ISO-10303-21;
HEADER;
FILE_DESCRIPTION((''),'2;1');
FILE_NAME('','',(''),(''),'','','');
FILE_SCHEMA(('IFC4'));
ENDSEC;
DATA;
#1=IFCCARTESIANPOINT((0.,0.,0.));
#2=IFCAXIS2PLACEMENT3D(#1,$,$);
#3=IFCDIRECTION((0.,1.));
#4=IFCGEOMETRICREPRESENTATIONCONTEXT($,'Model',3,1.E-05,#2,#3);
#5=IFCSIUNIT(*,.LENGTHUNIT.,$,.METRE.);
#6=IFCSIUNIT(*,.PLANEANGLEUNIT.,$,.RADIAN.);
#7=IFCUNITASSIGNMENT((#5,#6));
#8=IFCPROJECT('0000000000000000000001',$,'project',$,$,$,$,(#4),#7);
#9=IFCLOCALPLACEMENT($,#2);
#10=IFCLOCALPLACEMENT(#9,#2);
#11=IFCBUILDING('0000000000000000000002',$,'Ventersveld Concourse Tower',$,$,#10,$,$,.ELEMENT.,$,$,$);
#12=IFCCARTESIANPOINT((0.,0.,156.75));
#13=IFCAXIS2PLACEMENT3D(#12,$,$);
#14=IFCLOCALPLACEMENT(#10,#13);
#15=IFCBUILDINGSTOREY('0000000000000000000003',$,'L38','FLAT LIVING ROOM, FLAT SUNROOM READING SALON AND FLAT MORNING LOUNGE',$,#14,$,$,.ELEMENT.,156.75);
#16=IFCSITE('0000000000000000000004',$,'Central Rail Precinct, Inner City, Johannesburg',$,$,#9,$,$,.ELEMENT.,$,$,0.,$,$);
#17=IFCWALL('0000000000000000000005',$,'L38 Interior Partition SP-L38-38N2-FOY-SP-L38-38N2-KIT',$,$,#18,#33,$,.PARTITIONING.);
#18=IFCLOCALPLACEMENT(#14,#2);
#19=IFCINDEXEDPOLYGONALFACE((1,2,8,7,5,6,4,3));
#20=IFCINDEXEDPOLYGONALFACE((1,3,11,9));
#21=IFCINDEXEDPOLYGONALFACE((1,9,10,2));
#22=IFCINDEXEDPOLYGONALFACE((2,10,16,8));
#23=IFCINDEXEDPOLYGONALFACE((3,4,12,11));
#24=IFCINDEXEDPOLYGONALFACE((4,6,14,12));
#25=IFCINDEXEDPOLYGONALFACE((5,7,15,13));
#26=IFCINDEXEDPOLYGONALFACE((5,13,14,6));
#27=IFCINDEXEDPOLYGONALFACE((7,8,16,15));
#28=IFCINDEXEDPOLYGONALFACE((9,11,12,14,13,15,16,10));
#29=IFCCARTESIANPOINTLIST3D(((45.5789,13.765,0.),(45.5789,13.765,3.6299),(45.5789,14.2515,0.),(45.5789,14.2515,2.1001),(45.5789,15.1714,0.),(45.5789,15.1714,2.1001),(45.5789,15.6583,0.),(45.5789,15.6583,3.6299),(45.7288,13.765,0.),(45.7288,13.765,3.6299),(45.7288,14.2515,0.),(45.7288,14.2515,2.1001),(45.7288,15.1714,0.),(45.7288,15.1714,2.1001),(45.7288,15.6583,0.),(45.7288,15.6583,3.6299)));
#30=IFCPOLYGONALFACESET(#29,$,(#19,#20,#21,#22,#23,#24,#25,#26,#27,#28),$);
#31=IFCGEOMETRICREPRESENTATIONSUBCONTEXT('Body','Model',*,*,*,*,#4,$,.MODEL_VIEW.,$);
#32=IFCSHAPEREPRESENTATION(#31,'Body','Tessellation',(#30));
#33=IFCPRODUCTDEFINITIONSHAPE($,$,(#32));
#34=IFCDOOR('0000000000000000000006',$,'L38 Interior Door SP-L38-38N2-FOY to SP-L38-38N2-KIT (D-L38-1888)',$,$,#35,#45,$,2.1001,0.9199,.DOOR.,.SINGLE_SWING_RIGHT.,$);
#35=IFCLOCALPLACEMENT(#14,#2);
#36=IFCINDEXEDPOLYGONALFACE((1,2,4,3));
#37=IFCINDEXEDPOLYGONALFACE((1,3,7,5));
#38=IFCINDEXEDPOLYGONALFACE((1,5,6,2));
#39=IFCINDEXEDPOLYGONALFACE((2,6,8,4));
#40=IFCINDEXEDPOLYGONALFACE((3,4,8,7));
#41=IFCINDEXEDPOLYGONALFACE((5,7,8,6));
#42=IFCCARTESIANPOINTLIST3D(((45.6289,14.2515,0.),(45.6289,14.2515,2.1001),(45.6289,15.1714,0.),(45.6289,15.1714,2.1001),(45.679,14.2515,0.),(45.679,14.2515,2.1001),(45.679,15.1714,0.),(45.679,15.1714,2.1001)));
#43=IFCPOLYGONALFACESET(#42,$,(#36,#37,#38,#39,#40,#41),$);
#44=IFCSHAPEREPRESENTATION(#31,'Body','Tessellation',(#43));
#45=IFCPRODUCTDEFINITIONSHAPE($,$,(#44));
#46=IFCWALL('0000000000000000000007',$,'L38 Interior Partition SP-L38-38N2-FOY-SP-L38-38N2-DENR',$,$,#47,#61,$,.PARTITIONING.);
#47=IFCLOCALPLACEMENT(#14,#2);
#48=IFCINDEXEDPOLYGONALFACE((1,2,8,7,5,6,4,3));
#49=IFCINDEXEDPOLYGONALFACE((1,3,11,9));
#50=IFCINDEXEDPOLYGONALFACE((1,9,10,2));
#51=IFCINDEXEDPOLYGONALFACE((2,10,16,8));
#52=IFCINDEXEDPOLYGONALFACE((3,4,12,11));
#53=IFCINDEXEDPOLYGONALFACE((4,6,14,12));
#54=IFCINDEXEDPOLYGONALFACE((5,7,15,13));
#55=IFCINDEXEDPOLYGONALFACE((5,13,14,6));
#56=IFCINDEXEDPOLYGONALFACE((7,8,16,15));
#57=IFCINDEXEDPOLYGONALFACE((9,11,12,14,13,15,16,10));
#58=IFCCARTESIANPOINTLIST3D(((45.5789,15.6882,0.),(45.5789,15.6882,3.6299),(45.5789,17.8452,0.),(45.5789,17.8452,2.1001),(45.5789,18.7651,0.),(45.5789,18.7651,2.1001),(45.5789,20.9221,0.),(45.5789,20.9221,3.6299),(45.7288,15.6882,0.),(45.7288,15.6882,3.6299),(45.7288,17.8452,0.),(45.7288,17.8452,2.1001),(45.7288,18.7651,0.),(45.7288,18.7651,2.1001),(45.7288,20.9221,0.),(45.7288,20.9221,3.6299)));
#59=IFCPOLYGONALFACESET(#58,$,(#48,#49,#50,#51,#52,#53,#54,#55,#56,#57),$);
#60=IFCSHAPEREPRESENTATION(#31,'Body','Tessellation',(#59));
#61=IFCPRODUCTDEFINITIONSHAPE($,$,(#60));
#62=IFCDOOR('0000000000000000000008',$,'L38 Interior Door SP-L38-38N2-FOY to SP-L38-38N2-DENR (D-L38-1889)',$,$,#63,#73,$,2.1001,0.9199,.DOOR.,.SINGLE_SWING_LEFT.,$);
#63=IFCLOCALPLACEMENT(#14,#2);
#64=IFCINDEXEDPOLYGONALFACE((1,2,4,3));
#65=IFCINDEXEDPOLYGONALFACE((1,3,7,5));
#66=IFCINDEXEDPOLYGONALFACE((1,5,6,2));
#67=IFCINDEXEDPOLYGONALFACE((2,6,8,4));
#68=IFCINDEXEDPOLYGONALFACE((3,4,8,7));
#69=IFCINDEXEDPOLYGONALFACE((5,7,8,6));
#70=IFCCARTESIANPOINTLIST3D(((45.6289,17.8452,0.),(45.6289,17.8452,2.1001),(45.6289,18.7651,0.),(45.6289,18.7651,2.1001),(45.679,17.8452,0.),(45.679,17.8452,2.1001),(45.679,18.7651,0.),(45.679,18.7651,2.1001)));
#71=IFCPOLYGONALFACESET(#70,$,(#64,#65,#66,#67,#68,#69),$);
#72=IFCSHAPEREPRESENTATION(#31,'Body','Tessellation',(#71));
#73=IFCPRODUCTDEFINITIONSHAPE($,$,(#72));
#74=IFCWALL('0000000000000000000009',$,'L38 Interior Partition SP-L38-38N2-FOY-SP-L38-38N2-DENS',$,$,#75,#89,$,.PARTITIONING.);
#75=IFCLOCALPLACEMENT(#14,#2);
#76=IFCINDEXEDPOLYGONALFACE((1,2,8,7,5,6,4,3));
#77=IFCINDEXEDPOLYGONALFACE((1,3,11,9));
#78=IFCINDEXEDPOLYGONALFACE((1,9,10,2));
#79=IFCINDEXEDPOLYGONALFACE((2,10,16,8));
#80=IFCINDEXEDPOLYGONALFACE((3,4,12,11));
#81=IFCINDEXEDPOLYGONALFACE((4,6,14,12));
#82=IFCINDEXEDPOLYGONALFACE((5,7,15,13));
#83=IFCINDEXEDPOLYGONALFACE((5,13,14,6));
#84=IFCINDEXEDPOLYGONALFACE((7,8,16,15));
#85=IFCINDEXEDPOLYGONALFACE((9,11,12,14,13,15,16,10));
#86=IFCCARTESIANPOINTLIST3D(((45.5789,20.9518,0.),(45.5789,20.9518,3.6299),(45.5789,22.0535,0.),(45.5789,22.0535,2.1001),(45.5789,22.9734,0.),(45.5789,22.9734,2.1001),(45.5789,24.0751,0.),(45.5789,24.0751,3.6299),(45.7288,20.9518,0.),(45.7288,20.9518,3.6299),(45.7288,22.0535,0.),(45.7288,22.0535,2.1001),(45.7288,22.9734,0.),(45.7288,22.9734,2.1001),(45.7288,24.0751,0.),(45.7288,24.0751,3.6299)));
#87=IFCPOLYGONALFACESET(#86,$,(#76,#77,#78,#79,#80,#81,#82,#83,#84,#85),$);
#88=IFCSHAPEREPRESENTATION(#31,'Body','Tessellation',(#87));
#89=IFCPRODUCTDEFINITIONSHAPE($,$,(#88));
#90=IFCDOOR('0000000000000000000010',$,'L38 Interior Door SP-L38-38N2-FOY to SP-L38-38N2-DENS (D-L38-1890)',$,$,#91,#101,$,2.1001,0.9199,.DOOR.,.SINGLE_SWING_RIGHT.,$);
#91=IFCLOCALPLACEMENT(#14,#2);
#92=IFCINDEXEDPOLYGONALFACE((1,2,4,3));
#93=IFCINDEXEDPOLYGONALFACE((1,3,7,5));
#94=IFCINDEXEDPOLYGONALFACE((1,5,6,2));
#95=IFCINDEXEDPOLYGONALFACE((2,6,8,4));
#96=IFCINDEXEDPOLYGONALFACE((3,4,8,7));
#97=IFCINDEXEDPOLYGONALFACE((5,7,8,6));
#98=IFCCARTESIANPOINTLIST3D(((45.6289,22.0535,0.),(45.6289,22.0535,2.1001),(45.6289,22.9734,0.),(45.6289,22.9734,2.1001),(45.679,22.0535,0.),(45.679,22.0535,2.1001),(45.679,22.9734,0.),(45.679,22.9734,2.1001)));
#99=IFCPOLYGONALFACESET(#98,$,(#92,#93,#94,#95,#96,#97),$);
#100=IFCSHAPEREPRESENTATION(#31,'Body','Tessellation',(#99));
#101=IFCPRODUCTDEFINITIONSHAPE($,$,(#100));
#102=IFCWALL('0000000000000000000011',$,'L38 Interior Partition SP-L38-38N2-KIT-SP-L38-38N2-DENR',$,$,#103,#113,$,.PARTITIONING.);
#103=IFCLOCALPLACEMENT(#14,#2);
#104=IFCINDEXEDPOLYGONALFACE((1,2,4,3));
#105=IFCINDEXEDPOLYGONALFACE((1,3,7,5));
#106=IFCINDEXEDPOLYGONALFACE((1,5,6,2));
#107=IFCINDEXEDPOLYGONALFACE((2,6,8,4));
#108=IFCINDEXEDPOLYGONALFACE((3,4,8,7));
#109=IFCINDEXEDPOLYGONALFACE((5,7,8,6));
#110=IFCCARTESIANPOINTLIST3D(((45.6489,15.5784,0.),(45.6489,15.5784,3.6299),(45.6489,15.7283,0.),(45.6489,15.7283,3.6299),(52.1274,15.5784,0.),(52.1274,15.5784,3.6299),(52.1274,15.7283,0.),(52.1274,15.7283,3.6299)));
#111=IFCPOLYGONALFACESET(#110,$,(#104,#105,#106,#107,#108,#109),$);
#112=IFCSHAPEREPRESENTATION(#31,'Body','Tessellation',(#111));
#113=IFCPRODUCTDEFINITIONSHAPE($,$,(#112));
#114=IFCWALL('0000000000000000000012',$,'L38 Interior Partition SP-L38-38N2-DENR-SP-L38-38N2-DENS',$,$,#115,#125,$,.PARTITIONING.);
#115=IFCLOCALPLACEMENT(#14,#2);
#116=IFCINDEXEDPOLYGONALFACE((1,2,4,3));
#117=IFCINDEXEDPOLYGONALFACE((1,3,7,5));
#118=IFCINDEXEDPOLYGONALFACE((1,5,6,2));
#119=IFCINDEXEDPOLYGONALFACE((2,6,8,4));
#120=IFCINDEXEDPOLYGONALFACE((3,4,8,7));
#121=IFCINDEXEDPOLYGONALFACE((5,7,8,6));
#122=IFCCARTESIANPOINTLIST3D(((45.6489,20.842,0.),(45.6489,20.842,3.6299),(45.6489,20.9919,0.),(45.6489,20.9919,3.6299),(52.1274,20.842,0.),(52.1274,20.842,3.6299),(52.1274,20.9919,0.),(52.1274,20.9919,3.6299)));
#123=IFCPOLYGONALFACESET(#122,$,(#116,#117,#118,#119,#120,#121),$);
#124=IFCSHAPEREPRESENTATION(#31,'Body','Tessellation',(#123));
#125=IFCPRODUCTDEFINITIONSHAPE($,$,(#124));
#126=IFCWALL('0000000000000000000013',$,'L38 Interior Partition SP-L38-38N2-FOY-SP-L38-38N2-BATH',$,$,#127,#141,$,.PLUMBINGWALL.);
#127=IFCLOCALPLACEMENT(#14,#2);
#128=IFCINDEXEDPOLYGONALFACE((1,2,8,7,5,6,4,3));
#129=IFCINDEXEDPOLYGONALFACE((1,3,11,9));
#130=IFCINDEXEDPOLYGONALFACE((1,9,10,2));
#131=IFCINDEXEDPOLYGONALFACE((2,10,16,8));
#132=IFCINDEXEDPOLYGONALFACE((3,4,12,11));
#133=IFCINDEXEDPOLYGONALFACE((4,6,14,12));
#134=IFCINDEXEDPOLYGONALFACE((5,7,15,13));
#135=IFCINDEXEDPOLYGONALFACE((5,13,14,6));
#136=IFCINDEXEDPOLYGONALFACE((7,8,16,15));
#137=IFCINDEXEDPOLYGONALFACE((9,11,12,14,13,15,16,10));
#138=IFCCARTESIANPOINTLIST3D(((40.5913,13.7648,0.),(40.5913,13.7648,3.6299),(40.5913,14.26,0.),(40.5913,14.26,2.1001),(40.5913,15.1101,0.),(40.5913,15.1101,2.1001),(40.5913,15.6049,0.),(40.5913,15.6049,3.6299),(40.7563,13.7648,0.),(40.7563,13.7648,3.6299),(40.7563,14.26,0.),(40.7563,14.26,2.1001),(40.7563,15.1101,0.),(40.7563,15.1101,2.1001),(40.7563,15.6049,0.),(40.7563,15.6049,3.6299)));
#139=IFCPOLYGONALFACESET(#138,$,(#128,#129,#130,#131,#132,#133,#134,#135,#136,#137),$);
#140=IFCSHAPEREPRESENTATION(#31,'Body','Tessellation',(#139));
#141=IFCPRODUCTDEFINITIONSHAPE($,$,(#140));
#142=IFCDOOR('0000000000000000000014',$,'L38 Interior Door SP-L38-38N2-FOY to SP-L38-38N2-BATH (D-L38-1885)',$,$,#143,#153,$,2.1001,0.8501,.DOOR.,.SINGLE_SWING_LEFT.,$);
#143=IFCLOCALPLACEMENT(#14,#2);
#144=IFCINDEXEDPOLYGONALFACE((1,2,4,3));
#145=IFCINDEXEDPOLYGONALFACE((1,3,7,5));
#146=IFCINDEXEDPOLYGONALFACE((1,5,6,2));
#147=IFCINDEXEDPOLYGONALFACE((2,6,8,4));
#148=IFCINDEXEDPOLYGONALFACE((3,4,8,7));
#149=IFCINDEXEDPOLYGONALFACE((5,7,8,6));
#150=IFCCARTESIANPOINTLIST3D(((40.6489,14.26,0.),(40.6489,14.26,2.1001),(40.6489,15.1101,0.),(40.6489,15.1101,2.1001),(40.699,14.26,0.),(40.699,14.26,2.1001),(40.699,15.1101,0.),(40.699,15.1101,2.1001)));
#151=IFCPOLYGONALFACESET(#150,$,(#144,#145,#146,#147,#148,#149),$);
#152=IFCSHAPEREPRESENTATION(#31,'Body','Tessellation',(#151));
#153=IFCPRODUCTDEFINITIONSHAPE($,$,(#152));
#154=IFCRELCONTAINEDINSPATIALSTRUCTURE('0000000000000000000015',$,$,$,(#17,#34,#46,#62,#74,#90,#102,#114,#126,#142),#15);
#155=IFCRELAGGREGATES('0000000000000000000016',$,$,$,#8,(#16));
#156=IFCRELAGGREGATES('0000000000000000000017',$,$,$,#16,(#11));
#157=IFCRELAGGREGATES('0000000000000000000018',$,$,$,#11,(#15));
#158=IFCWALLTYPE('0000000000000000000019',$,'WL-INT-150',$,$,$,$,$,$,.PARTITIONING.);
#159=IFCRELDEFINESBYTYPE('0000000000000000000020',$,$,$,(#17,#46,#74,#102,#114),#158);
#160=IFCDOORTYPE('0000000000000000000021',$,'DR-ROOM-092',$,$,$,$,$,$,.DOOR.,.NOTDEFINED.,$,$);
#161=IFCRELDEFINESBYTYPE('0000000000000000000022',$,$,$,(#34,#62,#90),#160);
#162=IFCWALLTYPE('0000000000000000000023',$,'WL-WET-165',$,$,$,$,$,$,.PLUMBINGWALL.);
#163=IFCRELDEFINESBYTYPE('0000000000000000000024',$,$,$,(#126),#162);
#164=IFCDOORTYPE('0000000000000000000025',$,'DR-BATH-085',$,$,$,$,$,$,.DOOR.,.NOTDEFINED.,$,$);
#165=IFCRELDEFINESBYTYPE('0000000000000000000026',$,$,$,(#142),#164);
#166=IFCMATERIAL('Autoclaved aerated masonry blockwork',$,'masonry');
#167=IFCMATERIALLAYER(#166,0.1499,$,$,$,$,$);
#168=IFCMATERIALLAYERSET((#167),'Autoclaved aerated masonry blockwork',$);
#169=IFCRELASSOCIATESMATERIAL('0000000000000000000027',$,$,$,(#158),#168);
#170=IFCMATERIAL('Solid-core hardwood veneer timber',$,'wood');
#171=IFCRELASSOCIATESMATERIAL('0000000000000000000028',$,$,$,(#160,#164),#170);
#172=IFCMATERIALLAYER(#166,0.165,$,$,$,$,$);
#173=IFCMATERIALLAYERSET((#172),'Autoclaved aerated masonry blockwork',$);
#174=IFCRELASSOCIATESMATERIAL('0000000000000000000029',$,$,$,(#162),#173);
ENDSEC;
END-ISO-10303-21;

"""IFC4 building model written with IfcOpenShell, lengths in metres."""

from ifc_helpers import new_model, si_unit, direction, frame, frame_2d, origin, place, context, subcontext, project, spatial, rectangle, extrude, material, layer, layer_set, type_object, element, fill, save


model = new_model("IFC4")

# Units and contexts
model_context = context("Model", 3, precision=1e-05, world=origin(), true_north=direction((0.0, 1.0)))
body_context = subcontext(model_context, "Body", "Model", "MODEL_VIEW")
ifc_project = project(units=[si_unit("LENGTHUNIT", "METRE"), si_unit("PLANEANGLEUNIT", "RADIAN")], contexts=[model_context])

# Site, building, storey
site_placement = place(None, origin())
site = spatial("IfcSite", under=ifc_project, at=site_placement, Name="Central Rail Precinct, Inner City, Johannesburg", CompositionType="ELEMENT", RefElevation=0.0)
building_placement = place(site_placement, origin())
building = spatial("IfcBuilding", under=site, at=building_placement, Name="Ventersveld Concourse Tower", CompositionType="ELEMENT")
storey_placement = place(building_placement, frame((0.0, 0.0, 156.75)))
storey = spatial("IfcBuildingStorey", under=building, at=storey_placement, Name="L38", Description="FLAT LIVING ROOM, FLAT SUNROOM READING SALON AND FLAT MORNING LOUNGE", CompositionType="ELEMENT", Elevation=156.75)

# Shared definitions
ifc_material_1 = material(Name="Solid-core hardwood veneer timber", Category="wood")

# Walls, openings, doors
ifc_material_2 = material(Name="Autoclaved aerated masonry blockwork", Category="masonry")
ifc_layer_1 = layer(ifc_material_2, 0.1499)
ifc_layer_set_1 = layer_set([ifc_layer_1], Name="Autoclaved aerated masonry blockwork")
wall_type_1 = type_object("IfcWallType", Name="WL-INT-150", PredefinedType="PARTITIONING", material=ifc_layer_set_1)
door_type_1 = type_object("IfcDoorType", Name="DR-ROOM-092", OperationType="NOTDEFINED", PredefinedType="DOOR", material=ifc_material_1)
wall_1_placement = place(storey_placement, frame((45.6538, 13.7649, 0.0), z_axis=(0.0, 0.0, 1.0), x_axis=(0.0, 1.0, 0.0)))
wall_1 = element("IfcWall", 1, at=wall_1_placement, inside=storey, type_object=wall_type_1, Name="L38 Interior Partition SP-L38-38N2-FOY-SP-L38-38N2-KIT", PredefinedType="PARTITIONING", context=body_context, shape_type="SweptSolid", body=[
    extrude(rectangle(XDim=1.8933, YDim=0.1499, at=frame_2d((0.9468, 0.0))), origin(), (0.0, 0.0, 1.0), 3.6299),
])
opening_1_placement = place(wall_1_placement, frame((0.4866, 0.0, 0.0)))
opening_1 = element("IfcOpeningElement", 2, at=opening_1_placement, cuts=wall_1, PredefinedType="OPENING", context=body_context, shape_type="SweptSolid", body=[
    extrude(rectangle(XDim=0.9199, YDim=2.1001, at=frame_2d((0.46, 1.05))), frame((0.0, 0.085, 0.0), z_axis=(0.0, -1.0, 0.0), x_axis=(1.0, 0.0, 0.0)), (0.0, 0.0, 1.0), 0.1699),
])
door_1_placement = place(opening_1_placement, origin())
door_1 = element("IfcDoor", 3, at=door_1_placement, inside=storey, type_object=door_type_1, Name="L38 Interior Door SP-L38-38N2-FOY to SP-L38-38N2-KIT (D-L38-1888)", OperationType="SINGLE_SWING_RIGHT", OverallHeight=2.1001, OverallWidth=0.9199, PredefinedType="DOOR", context=body_context, shape_type="SweptSolid", body=[
    extrude(rectangle(XDim=0.9199, YDim=2.1001, at=frame_2d((0.46, 1.05))), frame((0.0, 0.0249, 0.0), z_axis=(0.0, -1.0, 0.0), x_axis=(1.0, 0.0, 0.0)), (0.0, 0.0, 1.0), 0.05),
])
fill(opening_1, door_1)
wall_2_placement = place(storey_placement, frame((45.6538, 15.6882, 0.0), z_axis=(0.0, 0.0, 1.0), x_axis=(0.0, 1.0, 0.0)))
wall_2 = element("IfcWall", 4, at=wall_2_placement, inside=storey, type_object=wall_type_1, Name="L38 Interior Partition SP-L38-38N2-FOY-SP-L38-38N2-DENR", PredefinedType="PARTITIONING", context=body_context, shape_type="SweptSolid", body=[
    extrude(rectangle(XDim=5.2339, YDim=0.1499, at=frame_2d((2.6169, 0.0))), origin(), (0.0, 0.0, 1.0), 3.6299),
])
opening_2_placement = place(wall_2_placement, frame((2.157, 0.0, 0.0)))
opening_2 = element("IfcOpeningElement", 5, at=opening_2_placement, cuts=wall_2, PredefinedType="OPENING", context=body_context, shape_type="SweptSolid", body=[
    extrude(rectangle(XDim=0.9199, YDim=2.1001, at=frame_2d((0.46, 1.05))), frame((0.0, 0.085, 0.0), z_axis=(0.0, -1.0, 0.0), x_axis=(1.0, 0.0, 0.0)), (0.0, 0.0, 1.0), 0.1699),
])
door_2_placement = place(opening_2_placement, origin())
door_2 = element("IfcDoor", 6, at=door_2_placement, inside=storey, type_object=door_type_1, Name="L38 Interior Door SP-L38-38N2-FOY to SP-L38-38N2-DENR (D-L38-1889)", OperationType="SINGLE_SWING_LEFT", OverallHeight=2.1001, OverallWidth=0.9199, PredefinedType="DOOR", context=body_context, shape_type="SweptSolid", body=[
    extrude(rectangle(XDim=0.9199, YDim=2.1001, at=frame_2d((0.46, 1.05))), frame((0.0, 0.0249, 0.0), z_axis=(0.0, -1.0, 0.0), x_axis=(1.0, 0.0, 0.0)), (0.0, 0.0, 1.0), 0.05),
])
fill(opening_2, door_2)
wall_3_placement = place(storey_placement, frame((45.6538, 20.9519, 0.0), z_axis=(0.0, 0.0, 1.0), x_axis=(0.0, 1.0, 0.0)))
wall_3 = element("IfcWall", 7, at=wall_3_placement, inside=storey, type_object=wall_type_1, Name="L38 Interior Partition SP-L38-38N2-FOY-SP-L38-38N2-DENS", PredefinedType="PARTITIONING", context=body_context, shape_type="SweptSolid", body=[
    extrude(rectangle(XDim=3.1233, YDim=0.1499, at=frame_2d((1.5615, 0.0))), origin(), (0.0, 0.0, 1.0), 3.6299),
])
opening_3_placement = place(wall_3_placement, frame((1.1016, 0.0, 0.0)))
opening_3 = element("IfcOpeningElement", 8, at=opening_3_placement, cuts=wall_3, PredefinedType="OPENING", context=body_context, shape_type="SweptSolid", body=[
    extrude(rectangle(XDim=0.9199, YDim=2.1001, at=frame_2d((0.46, 1.05))), frame((0.0, 0.085, 0.0), z_axis=(0.0, -1.0, 0.0), x_axis=(1.0, 0.0, 0.0)), (0.0, 0.0, 1.0), 0.1699),
])
door_3_placement = place(opening_3_placement, origin())
door_3 = element("IfcDoor", 9, at=door_3_placement, inside=storey, type_object=door_type_1, Name="L38 Interior Door SP-L38-38N2-FOY to SP-L38-38N2-DENS (D-L38-1890)", OperationType="SINGLE_SWING_RIGHT", OverallHeight=2.1001, OverallWidth=0.9199, PredefinedType="DOOR", context=body_context, shape_type="SweptSolid", body=[
    extrude(rectangle(XDim=0.9199, YDim=2.1001, at=frame_2d((0.46, 1.05))), frame((0.0, 0.0249, 0.0), z_axis=(0.0, -1.0, 0.0), x_axis=(1.0, 0.0, 0.0)), (0.0, 0.0, 1.0), 0.05),
])
fill(opening_3, door_3)

# Walls
for number, where, z_axis, x_axis, name in (
    (10, (45.6489, 15.6533, 0.0), (0.0, 0.0, 1.0), (1.0, 0.0, 0.0), "L38 Interior Partition SP-L38-38N2-KIT-SP-L38-38N2-DENR"),
    (11, (45.6489, 20.917, 0.0), (0.0, 0.0, 1.0), (1.0, 0.0, 0.0), "L38 Interior Partition SP-L38-38N2-DENR-SP-L38-38N2-DENS"),
):
    element("IfcWall", number, at=place(storey_placement, frame(where, z_axis=z_axis, x_axis=x_axis)), inside=storey, type_object=wall_type_1, Name=name, PredefinedType="PARTITIONING", context=body_context, shape_type="SweptSolid", body=[
        extrude(rectangle(XDim=6.4785, YDim=0.1499, at=frame_2d((3.2393, 0.0))), origin(), (0.0, 0.0, 1.0), 3.6299),
    ])

# Wall, opening, door
ifc_layer_2 = layer(ifc_material_2, 0.165)
ifc_layer_set_2 = layer_set([ifc_layer_2], Name="Autoclaved aerated masonry blockwork")
wall_type_2 = type_object("IfcWallType", Name="WL-WET-165", PredefinedType="PLUMBINGWALL", material=ifc_layer_set_2)
wall_4_placement = place(storey_placement, frame((40.6738, 13.7649, 0.0), z_axis=(0.0, 0.0, 1.0), x_axis=(0.0, 1.0, 0.0)))
wall_4 = element("IfcWall", 12, at=wall_4_placement, inside=storey, type_object=wall_type_2, Name="L38 Interior Partition SP-L38-38N2-FOY-SP-L38-38N2-BATH", PredefinedType="PLUMBINGWALL", context=body_context, shape_type="SweptSolid", body=[
    extrude(rectangle(XDim=1.8401, YDim=0.165, at=frame_2d((0.9199, 0.0))), origin(), (0.0, 0.0, 1.0), 3.6299),
])
opening_4_placement = place(wall_4_placement, frame((0.4951, 0.0, 0.0)))
opening_4 = element("IfcOpeningElement", 13, at=opening_4_placement, cuts=wall_4, PredefinedType="OPENING", context=body_context, shape_type="SweptSolid", body=[
    extrude(rectangle(XDim=0.8501, YDim=2.1001, at=frame_2d((0.425, 1.05))), frame((0.0, 0.0925, 0.0), z_axis=(0.0, -1.0, 0.0), x_axis=(1.0, 0.0, 0.0)), (0.0, 0.0, 1.0), 0.1851),
])
door_type_2 = type_object("IfcDoorType", Name="DR-BATH-085", OperationType="NOTDEFINED", PredefinedType="DOOR", material=ifc_material_1)
door_4_placement = place(opening_4_placement, origin())
door_4 = element("IfcDoor", 14, at=door_4_placement, inside=storey, type_object=door_type_2, Name="L38 Interior Door SP-L38-38N2-FOY to SP-L38-38N2-BATH (D-L38-1885)", OperationType="SINGLE_SWING_LEFT", OverallHeight=2.1001, OverallWidth=0.8501, PredefinedType="DOOR", context=body_context, shape_type="SweptSolid", body=[
    extrude(rectangle(XDim=0.8501, YDim=2.1001, at=frame_2d((0.425, 1.05))), frame((0.0, 0.0249, 0.0), z_axis=(0.0, -1.0, 0.0), x_axis=(1.0, 0.0, 0.0)), (0.0, 0.0, 1.0), 0.05),
])
fill(opening_4, door_4)

save(model, "model.ifc")
